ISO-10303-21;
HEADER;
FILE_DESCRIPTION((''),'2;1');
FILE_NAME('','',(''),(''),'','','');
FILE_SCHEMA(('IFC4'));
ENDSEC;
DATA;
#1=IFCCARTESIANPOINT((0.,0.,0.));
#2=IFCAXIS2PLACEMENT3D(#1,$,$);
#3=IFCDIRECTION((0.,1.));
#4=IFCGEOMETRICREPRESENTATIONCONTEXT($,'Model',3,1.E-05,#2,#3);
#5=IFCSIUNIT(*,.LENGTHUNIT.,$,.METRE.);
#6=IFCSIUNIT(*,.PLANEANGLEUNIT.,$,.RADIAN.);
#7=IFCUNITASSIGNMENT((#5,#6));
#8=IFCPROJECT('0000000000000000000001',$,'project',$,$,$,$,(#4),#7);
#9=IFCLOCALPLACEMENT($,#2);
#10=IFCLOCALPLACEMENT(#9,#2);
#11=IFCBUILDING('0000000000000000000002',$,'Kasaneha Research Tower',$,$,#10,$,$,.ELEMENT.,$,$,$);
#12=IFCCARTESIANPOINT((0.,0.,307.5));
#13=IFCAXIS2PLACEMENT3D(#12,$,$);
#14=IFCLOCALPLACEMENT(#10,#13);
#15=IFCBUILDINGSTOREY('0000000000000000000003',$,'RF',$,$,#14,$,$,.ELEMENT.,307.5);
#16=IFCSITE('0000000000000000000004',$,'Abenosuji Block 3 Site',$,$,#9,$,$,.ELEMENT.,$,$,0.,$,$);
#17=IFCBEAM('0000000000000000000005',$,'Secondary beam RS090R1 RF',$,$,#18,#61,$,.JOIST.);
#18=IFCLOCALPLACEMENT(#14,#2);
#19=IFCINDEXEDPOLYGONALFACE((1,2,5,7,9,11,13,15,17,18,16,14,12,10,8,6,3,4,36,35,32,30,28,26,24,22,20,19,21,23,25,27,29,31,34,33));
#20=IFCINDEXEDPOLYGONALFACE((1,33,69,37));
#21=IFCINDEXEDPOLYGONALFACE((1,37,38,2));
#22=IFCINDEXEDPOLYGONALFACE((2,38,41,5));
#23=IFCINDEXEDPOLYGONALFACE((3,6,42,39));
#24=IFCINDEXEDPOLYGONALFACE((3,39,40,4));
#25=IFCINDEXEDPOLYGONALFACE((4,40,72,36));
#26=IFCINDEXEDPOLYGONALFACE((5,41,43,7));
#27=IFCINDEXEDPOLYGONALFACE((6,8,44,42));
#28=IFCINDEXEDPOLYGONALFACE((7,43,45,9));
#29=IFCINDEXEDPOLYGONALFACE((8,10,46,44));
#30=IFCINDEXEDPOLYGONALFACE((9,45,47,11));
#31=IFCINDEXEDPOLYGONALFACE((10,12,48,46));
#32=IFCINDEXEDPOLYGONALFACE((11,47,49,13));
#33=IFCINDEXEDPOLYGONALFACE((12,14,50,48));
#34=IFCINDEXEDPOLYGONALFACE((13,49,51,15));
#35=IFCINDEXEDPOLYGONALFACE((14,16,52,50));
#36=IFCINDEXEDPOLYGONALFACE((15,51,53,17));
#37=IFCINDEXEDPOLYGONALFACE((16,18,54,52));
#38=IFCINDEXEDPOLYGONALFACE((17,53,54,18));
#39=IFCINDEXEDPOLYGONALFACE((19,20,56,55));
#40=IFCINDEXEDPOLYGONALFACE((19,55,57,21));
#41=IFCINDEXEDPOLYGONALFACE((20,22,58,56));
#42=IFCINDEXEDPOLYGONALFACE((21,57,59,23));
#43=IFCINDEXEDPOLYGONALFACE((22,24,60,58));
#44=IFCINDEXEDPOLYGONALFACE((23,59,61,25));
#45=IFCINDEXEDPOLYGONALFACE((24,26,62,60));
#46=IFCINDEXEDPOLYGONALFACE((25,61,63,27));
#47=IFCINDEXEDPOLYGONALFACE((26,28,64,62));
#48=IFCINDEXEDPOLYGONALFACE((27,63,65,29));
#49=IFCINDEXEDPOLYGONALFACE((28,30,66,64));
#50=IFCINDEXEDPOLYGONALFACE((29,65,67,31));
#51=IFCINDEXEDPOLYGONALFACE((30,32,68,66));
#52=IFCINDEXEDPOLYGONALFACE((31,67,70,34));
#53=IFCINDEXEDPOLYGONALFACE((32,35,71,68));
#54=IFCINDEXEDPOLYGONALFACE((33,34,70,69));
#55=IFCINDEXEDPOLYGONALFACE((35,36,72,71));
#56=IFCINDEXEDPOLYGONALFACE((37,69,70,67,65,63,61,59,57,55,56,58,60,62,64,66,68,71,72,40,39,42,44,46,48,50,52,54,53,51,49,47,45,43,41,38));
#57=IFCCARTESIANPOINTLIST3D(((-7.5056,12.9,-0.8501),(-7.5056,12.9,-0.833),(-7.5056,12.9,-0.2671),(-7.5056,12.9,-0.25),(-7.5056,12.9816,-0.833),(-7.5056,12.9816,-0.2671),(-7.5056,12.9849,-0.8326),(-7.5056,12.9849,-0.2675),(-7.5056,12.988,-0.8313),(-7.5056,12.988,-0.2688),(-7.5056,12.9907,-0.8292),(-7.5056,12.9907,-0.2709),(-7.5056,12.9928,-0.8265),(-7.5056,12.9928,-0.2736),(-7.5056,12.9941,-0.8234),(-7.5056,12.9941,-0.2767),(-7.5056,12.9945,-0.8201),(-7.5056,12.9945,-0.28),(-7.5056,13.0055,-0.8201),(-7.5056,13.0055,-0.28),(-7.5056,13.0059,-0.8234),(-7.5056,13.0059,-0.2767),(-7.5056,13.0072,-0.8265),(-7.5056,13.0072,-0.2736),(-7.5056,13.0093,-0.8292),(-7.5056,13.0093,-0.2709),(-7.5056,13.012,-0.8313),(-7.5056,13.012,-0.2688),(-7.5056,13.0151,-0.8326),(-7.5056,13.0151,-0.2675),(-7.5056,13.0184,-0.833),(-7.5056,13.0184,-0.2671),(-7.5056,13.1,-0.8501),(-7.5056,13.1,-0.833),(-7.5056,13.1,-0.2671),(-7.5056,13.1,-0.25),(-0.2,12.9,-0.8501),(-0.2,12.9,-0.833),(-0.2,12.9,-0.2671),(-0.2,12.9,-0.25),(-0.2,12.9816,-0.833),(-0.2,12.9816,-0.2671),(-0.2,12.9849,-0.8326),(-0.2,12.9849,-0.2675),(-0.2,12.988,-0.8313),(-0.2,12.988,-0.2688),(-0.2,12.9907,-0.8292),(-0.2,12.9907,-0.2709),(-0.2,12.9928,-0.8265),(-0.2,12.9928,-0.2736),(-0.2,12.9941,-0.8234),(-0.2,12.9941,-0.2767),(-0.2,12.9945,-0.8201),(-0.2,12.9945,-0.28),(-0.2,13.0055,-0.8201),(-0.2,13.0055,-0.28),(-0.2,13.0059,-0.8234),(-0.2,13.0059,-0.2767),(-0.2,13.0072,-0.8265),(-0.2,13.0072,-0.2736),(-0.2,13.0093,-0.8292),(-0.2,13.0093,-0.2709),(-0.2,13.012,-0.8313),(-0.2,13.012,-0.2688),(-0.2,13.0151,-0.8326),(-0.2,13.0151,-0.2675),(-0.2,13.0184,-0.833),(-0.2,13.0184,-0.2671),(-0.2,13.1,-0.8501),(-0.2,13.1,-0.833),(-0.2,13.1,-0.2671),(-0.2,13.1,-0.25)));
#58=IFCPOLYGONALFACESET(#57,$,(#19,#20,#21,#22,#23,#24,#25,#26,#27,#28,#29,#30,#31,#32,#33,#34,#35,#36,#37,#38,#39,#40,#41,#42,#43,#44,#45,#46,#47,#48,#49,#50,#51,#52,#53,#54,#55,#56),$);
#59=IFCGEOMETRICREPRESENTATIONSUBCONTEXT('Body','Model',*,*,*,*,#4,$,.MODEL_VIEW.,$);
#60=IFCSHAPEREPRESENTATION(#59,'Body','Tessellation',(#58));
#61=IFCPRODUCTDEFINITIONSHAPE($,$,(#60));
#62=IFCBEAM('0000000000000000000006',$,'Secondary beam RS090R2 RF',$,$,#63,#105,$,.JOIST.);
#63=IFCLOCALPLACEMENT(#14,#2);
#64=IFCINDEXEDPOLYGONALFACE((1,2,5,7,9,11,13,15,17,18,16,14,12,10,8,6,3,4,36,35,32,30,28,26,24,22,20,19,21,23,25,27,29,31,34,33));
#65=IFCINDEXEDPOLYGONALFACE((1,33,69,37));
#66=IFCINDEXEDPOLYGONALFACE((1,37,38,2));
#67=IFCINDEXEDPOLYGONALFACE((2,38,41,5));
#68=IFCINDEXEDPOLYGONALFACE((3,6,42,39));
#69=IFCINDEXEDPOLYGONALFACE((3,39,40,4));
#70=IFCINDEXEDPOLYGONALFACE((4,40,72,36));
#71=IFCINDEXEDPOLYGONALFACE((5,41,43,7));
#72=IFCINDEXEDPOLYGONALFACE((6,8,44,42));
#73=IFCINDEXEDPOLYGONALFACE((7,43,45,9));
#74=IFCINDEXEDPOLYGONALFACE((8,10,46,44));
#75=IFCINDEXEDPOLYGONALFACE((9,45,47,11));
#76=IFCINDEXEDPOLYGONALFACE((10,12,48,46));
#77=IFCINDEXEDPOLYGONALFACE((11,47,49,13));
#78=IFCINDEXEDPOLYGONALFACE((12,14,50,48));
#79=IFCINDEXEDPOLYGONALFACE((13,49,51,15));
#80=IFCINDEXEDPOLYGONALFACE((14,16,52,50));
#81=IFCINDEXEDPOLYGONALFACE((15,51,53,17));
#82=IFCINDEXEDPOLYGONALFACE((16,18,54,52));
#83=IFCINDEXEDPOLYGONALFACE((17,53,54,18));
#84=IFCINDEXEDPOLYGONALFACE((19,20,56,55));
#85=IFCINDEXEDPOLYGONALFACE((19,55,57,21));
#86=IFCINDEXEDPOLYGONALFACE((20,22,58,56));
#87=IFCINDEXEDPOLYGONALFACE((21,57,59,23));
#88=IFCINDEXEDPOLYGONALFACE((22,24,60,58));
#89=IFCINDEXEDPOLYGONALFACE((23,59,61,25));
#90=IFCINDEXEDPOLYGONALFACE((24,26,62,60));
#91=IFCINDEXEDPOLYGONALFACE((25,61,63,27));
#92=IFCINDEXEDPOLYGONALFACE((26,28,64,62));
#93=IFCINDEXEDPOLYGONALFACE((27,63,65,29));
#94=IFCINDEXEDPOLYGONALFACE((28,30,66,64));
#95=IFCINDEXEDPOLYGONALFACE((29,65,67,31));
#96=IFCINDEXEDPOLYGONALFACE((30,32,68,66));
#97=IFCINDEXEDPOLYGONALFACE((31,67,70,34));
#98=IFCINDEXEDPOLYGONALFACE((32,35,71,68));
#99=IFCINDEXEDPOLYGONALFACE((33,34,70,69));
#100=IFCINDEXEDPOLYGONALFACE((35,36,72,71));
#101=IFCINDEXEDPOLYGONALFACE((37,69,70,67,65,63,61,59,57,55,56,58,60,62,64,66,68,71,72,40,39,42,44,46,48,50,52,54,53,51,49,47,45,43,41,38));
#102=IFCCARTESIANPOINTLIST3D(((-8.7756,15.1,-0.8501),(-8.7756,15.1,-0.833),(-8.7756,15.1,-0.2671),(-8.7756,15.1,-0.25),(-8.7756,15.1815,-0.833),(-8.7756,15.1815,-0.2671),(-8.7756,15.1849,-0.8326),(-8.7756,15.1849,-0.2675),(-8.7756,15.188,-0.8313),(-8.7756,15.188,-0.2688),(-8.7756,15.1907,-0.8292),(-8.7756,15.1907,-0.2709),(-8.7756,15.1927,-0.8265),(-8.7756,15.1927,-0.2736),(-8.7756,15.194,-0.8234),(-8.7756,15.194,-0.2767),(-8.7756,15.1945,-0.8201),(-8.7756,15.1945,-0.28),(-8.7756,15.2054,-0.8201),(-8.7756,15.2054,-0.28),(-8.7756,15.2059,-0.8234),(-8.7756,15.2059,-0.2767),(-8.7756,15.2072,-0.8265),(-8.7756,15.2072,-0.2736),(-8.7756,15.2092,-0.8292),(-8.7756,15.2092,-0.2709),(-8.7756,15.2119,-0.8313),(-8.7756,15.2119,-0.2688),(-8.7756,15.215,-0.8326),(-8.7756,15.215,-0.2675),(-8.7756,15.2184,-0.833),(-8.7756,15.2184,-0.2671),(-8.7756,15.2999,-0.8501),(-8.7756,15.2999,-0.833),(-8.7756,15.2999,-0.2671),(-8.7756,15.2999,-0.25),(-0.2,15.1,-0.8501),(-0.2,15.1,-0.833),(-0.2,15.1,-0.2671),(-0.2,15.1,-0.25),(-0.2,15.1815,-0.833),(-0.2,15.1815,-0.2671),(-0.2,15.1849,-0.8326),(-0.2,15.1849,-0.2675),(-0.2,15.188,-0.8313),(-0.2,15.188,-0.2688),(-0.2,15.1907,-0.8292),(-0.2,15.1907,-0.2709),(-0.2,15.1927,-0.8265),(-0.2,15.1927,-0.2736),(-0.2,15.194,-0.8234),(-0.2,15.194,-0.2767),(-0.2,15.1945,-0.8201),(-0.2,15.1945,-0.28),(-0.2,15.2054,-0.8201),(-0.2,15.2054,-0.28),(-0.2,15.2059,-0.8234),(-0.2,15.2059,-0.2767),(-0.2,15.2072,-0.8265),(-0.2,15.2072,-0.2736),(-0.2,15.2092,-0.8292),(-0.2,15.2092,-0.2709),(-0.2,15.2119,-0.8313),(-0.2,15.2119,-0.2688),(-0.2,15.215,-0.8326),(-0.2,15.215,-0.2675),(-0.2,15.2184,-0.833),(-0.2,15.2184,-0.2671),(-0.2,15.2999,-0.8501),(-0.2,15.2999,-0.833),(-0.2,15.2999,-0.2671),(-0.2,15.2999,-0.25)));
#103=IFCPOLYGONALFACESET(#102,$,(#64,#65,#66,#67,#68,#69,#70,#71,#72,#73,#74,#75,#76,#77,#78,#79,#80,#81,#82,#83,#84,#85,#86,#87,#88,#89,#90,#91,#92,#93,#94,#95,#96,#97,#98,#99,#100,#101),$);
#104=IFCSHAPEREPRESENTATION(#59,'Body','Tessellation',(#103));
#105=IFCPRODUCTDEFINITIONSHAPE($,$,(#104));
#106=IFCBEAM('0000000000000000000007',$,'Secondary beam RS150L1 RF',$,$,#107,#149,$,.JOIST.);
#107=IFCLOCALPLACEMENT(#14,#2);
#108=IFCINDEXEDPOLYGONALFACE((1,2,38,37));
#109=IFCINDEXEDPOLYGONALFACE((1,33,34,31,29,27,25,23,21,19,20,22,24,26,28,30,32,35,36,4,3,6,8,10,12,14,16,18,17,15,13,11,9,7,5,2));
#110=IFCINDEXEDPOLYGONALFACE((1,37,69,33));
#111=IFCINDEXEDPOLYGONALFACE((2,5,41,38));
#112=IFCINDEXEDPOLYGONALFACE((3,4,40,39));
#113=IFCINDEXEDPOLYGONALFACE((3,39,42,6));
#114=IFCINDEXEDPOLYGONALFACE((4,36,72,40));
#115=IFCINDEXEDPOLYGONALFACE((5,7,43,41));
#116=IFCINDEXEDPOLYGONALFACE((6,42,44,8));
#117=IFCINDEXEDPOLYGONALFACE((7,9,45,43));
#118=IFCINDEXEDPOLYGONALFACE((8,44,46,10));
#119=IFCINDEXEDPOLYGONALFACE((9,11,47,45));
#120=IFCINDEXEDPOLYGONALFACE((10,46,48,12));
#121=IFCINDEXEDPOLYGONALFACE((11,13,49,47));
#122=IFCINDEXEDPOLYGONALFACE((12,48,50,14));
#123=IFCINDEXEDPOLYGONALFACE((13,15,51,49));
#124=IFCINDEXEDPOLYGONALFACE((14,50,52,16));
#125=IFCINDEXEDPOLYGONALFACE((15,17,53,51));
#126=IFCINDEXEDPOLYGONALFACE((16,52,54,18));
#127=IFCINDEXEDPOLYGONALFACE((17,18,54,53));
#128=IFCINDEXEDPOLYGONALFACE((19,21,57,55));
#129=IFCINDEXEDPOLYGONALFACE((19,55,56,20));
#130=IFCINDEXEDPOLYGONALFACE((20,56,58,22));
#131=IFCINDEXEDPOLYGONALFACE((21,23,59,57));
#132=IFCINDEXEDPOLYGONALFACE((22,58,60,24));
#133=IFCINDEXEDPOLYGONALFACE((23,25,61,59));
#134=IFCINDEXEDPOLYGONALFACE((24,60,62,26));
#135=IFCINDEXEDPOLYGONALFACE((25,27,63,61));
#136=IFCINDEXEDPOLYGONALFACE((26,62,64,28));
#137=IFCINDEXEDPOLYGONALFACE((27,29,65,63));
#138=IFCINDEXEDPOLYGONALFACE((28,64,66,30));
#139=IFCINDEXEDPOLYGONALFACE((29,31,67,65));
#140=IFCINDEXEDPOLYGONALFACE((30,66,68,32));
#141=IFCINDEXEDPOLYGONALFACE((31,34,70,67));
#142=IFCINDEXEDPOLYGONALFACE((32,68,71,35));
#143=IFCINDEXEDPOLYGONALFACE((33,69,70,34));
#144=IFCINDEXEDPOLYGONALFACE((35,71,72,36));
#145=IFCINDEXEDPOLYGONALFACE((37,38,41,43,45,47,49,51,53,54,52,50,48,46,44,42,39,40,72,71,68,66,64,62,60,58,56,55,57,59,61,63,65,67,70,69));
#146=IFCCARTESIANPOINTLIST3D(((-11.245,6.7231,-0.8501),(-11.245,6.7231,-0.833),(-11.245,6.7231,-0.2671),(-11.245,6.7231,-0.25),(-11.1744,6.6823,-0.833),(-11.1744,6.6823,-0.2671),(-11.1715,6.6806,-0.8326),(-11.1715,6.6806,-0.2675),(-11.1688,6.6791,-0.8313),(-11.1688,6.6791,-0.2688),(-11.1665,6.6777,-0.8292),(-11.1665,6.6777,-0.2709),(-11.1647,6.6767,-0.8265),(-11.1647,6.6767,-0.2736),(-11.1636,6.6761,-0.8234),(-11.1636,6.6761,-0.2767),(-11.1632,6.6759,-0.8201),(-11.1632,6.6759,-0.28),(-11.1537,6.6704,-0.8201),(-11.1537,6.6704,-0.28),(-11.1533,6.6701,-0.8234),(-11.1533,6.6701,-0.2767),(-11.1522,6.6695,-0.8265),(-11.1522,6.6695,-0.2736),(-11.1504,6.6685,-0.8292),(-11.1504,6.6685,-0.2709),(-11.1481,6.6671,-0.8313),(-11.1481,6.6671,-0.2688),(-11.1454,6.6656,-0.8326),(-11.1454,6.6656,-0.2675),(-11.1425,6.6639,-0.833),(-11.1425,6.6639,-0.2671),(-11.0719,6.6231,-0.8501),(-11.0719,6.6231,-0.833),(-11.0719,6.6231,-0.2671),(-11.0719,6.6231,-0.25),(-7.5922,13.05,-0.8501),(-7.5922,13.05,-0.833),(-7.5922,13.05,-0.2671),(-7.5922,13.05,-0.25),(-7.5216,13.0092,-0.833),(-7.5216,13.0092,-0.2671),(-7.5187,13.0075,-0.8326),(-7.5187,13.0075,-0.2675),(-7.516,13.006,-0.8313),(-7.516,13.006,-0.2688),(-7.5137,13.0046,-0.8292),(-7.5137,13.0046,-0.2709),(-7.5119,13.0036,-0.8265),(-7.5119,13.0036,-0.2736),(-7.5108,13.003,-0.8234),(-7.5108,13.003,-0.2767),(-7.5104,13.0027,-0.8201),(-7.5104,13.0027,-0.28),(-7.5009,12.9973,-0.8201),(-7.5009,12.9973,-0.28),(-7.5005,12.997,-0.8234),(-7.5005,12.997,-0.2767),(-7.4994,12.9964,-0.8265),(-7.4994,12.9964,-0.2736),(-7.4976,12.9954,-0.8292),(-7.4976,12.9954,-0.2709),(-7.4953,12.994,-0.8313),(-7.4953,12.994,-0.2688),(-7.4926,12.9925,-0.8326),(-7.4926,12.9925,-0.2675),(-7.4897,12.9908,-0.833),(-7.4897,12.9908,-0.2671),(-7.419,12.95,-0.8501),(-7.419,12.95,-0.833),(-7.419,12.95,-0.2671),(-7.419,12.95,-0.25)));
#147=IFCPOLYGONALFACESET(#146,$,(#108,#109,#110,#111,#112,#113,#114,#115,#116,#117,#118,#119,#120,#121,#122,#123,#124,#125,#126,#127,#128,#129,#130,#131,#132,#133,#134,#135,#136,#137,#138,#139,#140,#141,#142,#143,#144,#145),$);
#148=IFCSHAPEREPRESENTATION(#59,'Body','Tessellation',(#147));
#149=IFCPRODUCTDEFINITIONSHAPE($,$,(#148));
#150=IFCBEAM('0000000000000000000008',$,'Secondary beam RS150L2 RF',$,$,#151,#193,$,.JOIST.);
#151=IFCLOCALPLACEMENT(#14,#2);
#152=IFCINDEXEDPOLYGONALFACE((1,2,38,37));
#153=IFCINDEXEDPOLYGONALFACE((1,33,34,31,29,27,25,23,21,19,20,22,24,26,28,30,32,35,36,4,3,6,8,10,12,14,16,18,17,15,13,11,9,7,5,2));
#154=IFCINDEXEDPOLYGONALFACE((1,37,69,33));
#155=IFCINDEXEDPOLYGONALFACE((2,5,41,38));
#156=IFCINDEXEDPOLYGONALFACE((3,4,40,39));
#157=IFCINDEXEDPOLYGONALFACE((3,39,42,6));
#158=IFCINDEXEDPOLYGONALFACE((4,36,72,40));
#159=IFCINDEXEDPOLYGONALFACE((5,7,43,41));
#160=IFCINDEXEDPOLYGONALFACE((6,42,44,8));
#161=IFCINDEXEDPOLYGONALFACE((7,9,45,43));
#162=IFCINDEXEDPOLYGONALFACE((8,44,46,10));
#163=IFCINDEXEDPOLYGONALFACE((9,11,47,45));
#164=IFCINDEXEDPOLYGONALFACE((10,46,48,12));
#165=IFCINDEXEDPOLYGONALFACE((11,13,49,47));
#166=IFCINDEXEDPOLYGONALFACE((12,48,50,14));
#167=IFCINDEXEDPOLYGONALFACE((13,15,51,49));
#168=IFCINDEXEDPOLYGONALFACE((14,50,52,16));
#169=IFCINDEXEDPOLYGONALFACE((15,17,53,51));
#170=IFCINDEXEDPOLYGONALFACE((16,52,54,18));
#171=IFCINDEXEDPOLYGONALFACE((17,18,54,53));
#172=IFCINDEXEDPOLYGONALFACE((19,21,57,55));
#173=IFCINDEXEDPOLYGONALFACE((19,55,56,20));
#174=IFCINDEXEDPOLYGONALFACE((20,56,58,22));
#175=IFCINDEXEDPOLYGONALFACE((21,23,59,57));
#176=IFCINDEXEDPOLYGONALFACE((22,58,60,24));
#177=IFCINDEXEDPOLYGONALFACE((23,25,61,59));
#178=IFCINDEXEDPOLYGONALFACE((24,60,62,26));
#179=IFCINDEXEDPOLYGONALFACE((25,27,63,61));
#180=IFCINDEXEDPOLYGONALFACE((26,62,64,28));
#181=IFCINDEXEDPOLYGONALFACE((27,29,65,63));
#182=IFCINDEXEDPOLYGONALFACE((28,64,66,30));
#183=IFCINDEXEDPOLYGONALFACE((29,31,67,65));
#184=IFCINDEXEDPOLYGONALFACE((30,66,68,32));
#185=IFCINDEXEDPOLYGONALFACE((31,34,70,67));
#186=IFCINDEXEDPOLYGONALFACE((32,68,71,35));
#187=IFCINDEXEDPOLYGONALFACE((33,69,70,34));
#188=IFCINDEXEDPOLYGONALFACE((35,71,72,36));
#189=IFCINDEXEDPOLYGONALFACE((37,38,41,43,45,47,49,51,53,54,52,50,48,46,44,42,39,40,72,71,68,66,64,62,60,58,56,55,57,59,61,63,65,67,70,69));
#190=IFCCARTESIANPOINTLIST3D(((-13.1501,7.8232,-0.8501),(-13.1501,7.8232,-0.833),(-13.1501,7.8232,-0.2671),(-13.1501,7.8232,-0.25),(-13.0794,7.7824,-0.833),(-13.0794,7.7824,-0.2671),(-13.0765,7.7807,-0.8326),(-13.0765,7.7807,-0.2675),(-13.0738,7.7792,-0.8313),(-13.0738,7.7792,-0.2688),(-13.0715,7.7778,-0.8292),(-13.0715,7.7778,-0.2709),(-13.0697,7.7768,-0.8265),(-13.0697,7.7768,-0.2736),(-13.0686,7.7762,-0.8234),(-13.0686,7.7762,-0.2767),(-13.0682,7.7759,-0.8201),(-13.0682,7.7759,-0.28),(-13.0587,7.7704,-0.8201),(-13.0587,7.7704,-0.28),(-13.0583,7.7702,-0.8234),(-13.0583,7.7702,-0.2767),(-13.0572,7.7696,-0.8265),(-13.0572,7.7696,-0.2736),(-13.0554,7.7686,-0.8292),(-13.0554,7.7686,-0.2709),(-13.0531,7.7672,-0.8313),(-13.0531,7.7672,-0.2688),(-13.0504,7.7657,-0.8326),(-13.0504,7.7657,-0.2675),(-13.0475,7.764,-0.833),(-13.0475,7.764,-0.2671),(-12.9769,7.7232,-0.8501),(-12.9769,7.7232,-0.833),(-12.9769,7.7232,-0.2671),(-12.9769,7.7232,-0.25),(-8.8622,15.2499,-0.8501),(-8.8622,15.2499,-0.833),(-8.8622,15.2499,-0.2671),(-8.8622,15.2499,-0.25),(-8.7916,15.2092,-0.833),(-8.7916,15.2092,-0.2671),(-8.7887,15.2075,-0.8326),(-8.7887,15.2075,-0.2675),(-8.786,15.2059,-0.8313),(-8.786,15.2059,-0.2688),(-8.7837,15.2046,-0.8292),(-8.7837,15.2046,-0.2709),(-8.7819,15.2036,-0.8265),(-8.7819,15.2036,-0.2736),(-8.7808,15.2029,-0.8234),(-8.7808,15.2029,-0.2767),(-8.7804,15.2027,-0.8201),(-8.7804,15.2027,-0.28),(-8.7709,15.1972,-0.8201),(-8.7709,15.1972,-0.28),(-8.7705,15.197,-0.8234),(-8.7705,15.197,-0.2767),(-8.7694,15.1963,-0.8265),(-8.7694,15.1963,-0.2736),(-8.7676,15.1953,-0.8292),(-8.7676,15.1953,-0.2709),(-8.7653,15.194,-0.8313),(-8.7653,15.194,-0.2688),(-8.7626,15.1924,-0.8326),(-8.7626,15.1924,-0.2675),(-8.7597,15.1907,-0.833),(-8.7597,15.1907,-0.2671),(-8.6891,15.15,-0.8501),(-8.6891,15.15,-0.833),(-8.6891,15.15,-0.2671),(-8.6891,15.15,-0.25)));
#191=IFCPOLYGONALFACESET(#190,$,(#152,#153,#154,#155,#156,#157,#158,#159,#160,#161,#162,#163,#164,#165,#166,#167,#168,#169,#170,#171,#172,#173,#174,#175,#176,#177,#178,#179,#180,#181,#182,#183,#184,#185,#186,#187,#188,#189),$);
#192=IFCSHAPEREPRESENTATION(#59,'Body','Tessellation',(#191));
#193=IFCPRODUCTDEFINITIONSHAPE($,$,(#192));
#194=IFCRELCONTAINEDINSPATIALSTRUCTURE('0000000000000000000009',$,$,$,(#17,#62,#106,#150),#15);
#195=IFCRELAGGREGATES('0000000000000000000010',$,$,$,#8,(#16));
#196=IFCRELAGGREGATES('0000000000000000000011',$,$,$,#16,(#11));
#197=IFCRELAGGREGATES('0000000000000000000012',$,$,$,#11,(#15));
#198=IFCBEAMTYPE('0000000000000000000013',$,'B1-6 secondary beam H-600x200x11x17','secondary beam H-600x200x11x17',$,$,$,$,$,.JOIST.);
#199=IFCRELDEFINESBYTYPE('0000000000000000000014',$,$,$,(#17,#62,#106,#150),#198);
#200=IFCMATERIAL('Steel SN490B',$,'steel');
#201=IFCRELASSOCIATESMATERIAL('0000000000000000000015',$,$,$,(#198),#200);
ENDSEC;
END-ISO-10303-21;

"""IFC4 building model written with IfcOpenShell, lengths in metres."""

from ifc_helpers import new_model, si_unit, direction, frame, origin, origin_2d, place, context, subcontext, project, spatial, i_section, extrude, material, material_profile, profile_set, type_object, element, save


model = new_model("IFC4")

# Units and contexts
model_context = context("Model", 3, precision=1e-05, world=origin(), true_north=direction((0.0, 1.0)))
body_context = subcontext(model_context, "Body", "Model", "MODEL_VIEW")
ifc_project = project(units=[si_unit("LENGTHUNIT", "METRE"), si_unit("PLANEANGLEUNIT", "RADIAN")], contexts=[model_context])

# Site, building, storey
site_placement = place(None, origin())
site = spatial("IfcSite", under=ifc_project, at=site_placement, Name="Abenosuji Block 3 Site", CompositionType="ELEMENT", RefElevation=0.0)
building_placement = place(site_placement, origin())
building = spatial("IfcBuilding", under=site, at=building_placement, Name="Kasaneha Research Tower", CompositionType="ELEMENT")
storey_placement = place(building_placement, frame((0.0, 0.0, 307.5)))
storey = spatial("IfcBuildingStorey", under=building, at=storey_placement, Name="RF", CompositionType="ELEMENT", Elevation=307.5)

# Beams
ifc_material_1 = material(Name="Steel SN490B", Category="steel")
ifc_material_profile_1 = material_profile(ifc_material_1, i_section(OverallWidth=0.2, OverallDepth=0.6001, WebThickness=0.011, FlangeThickness=0.0171, FilletRadius=0.0129, at=origin_2d()), Name="H-600x200x11x17")
ifc_profile_set_1 = profile_set([ifc_material_profile_1], Name="Steel SN490B")
beam_type_1 = type_object("IfcBeamType", Name="B1-6 secondary beam H-600x200x11x17", Description="secondary beam H-600x200x11x17", PredefinedType="JOIST", material=ifc_profile_set_1)
beam_1_placement = place(storey_placement, frame((-7.5056, 13.0, -0.55), z_axis=(1.0, 0.0, 0.0), x_axis=(0.0, 1.0, 0.0)))
element("IfcBeam", 1, at=beam_1_placement, inside=storey, type_object=beam_type_1, Name="Secondary beam RS090R1 RF", PredefinedType="JOIST", context=body_context, shape_type="SweptSolid", body=[
    extrude(i_section(OverallWidth=0.2, OverallDepth=0.6001, WebThickness=0.011, FlangeThickness=0.0171, FilletRadius=0.0129, at=origin_2d()), origin(), (0.0, 0.0, 1.0), 7.3057),
])
beam_2_placement = place(storey_placement, frame((-8.7756, 15.2, -0.55), z_axis=(1.0, 0.0, 0.0), x_axis=(0.0, 1.0, 0.0)))
element("IfcBeam", 2, at=beam_2_placement, inside=storey, type_object=beam_type_1, Name="Secondary beam RS090R2 RF", PredefinedType="JOIST", context=body_context, shape_type="SweptSolid", body=[
    extrude(i_section(OverallWidth=0.2, OverallDepth=0.6001, WebThickness=0.011, FlangeThickness=0.0171, FilletRadius=0.0129, at=origin_2d()), origin(), (0.0, 0.0, 1.0), 8.5757),
])
beam_3_placement = place(storey_placement, frame((-7.5056, 13.0, -0.55), z_axis=(-0.499999, -0.866026, 0.0), x_axis=(0.866026, -0.499999, 0.0)))
element("IfcBeam", 3, at=beam_3_placement, inside=storey, type_object=beam_type_1, Name="Secondary beam RS150L1 RF", PredefinedType="JOIST", context=body_context, shape_type="SweptSolid", body=[
    extrude(i_section(OverallWidth=0.2, OverallDepth=0.6001, WebThickness=0.011, FlangeThickness=0.0171, FilletRadius=0.0129, at=origin_2d()), origin(), (0.0, 0.0, 1.0), 7.3057),
])
beam_4_placement = place(storey_placement, frame((-8.7756, 15.2, -0.55), z_axis=(-0.5, -0.866025, 0.0), x_axis=(0.866025, -0.5, 0.0)))
element("IfcBeam", 4, at=beam_4_placement, inside=storey, type_object=beam_type_1, Name="Secondary beam RS150L2 RF", PredefinedType="JOIST", context=body_context, shape_type="SweptSolid", body=[
    extrude(i_section(OverallWidth=0.2, OverallDepth=0.6001, WebThickness=0.011, FlangeThickness=0.0171, FilletRadius=0.0129, at=origin_2d()), origin(), (0.0, 0.0, 1.0), 8.5757),
])

save(model, "model.ifc")
